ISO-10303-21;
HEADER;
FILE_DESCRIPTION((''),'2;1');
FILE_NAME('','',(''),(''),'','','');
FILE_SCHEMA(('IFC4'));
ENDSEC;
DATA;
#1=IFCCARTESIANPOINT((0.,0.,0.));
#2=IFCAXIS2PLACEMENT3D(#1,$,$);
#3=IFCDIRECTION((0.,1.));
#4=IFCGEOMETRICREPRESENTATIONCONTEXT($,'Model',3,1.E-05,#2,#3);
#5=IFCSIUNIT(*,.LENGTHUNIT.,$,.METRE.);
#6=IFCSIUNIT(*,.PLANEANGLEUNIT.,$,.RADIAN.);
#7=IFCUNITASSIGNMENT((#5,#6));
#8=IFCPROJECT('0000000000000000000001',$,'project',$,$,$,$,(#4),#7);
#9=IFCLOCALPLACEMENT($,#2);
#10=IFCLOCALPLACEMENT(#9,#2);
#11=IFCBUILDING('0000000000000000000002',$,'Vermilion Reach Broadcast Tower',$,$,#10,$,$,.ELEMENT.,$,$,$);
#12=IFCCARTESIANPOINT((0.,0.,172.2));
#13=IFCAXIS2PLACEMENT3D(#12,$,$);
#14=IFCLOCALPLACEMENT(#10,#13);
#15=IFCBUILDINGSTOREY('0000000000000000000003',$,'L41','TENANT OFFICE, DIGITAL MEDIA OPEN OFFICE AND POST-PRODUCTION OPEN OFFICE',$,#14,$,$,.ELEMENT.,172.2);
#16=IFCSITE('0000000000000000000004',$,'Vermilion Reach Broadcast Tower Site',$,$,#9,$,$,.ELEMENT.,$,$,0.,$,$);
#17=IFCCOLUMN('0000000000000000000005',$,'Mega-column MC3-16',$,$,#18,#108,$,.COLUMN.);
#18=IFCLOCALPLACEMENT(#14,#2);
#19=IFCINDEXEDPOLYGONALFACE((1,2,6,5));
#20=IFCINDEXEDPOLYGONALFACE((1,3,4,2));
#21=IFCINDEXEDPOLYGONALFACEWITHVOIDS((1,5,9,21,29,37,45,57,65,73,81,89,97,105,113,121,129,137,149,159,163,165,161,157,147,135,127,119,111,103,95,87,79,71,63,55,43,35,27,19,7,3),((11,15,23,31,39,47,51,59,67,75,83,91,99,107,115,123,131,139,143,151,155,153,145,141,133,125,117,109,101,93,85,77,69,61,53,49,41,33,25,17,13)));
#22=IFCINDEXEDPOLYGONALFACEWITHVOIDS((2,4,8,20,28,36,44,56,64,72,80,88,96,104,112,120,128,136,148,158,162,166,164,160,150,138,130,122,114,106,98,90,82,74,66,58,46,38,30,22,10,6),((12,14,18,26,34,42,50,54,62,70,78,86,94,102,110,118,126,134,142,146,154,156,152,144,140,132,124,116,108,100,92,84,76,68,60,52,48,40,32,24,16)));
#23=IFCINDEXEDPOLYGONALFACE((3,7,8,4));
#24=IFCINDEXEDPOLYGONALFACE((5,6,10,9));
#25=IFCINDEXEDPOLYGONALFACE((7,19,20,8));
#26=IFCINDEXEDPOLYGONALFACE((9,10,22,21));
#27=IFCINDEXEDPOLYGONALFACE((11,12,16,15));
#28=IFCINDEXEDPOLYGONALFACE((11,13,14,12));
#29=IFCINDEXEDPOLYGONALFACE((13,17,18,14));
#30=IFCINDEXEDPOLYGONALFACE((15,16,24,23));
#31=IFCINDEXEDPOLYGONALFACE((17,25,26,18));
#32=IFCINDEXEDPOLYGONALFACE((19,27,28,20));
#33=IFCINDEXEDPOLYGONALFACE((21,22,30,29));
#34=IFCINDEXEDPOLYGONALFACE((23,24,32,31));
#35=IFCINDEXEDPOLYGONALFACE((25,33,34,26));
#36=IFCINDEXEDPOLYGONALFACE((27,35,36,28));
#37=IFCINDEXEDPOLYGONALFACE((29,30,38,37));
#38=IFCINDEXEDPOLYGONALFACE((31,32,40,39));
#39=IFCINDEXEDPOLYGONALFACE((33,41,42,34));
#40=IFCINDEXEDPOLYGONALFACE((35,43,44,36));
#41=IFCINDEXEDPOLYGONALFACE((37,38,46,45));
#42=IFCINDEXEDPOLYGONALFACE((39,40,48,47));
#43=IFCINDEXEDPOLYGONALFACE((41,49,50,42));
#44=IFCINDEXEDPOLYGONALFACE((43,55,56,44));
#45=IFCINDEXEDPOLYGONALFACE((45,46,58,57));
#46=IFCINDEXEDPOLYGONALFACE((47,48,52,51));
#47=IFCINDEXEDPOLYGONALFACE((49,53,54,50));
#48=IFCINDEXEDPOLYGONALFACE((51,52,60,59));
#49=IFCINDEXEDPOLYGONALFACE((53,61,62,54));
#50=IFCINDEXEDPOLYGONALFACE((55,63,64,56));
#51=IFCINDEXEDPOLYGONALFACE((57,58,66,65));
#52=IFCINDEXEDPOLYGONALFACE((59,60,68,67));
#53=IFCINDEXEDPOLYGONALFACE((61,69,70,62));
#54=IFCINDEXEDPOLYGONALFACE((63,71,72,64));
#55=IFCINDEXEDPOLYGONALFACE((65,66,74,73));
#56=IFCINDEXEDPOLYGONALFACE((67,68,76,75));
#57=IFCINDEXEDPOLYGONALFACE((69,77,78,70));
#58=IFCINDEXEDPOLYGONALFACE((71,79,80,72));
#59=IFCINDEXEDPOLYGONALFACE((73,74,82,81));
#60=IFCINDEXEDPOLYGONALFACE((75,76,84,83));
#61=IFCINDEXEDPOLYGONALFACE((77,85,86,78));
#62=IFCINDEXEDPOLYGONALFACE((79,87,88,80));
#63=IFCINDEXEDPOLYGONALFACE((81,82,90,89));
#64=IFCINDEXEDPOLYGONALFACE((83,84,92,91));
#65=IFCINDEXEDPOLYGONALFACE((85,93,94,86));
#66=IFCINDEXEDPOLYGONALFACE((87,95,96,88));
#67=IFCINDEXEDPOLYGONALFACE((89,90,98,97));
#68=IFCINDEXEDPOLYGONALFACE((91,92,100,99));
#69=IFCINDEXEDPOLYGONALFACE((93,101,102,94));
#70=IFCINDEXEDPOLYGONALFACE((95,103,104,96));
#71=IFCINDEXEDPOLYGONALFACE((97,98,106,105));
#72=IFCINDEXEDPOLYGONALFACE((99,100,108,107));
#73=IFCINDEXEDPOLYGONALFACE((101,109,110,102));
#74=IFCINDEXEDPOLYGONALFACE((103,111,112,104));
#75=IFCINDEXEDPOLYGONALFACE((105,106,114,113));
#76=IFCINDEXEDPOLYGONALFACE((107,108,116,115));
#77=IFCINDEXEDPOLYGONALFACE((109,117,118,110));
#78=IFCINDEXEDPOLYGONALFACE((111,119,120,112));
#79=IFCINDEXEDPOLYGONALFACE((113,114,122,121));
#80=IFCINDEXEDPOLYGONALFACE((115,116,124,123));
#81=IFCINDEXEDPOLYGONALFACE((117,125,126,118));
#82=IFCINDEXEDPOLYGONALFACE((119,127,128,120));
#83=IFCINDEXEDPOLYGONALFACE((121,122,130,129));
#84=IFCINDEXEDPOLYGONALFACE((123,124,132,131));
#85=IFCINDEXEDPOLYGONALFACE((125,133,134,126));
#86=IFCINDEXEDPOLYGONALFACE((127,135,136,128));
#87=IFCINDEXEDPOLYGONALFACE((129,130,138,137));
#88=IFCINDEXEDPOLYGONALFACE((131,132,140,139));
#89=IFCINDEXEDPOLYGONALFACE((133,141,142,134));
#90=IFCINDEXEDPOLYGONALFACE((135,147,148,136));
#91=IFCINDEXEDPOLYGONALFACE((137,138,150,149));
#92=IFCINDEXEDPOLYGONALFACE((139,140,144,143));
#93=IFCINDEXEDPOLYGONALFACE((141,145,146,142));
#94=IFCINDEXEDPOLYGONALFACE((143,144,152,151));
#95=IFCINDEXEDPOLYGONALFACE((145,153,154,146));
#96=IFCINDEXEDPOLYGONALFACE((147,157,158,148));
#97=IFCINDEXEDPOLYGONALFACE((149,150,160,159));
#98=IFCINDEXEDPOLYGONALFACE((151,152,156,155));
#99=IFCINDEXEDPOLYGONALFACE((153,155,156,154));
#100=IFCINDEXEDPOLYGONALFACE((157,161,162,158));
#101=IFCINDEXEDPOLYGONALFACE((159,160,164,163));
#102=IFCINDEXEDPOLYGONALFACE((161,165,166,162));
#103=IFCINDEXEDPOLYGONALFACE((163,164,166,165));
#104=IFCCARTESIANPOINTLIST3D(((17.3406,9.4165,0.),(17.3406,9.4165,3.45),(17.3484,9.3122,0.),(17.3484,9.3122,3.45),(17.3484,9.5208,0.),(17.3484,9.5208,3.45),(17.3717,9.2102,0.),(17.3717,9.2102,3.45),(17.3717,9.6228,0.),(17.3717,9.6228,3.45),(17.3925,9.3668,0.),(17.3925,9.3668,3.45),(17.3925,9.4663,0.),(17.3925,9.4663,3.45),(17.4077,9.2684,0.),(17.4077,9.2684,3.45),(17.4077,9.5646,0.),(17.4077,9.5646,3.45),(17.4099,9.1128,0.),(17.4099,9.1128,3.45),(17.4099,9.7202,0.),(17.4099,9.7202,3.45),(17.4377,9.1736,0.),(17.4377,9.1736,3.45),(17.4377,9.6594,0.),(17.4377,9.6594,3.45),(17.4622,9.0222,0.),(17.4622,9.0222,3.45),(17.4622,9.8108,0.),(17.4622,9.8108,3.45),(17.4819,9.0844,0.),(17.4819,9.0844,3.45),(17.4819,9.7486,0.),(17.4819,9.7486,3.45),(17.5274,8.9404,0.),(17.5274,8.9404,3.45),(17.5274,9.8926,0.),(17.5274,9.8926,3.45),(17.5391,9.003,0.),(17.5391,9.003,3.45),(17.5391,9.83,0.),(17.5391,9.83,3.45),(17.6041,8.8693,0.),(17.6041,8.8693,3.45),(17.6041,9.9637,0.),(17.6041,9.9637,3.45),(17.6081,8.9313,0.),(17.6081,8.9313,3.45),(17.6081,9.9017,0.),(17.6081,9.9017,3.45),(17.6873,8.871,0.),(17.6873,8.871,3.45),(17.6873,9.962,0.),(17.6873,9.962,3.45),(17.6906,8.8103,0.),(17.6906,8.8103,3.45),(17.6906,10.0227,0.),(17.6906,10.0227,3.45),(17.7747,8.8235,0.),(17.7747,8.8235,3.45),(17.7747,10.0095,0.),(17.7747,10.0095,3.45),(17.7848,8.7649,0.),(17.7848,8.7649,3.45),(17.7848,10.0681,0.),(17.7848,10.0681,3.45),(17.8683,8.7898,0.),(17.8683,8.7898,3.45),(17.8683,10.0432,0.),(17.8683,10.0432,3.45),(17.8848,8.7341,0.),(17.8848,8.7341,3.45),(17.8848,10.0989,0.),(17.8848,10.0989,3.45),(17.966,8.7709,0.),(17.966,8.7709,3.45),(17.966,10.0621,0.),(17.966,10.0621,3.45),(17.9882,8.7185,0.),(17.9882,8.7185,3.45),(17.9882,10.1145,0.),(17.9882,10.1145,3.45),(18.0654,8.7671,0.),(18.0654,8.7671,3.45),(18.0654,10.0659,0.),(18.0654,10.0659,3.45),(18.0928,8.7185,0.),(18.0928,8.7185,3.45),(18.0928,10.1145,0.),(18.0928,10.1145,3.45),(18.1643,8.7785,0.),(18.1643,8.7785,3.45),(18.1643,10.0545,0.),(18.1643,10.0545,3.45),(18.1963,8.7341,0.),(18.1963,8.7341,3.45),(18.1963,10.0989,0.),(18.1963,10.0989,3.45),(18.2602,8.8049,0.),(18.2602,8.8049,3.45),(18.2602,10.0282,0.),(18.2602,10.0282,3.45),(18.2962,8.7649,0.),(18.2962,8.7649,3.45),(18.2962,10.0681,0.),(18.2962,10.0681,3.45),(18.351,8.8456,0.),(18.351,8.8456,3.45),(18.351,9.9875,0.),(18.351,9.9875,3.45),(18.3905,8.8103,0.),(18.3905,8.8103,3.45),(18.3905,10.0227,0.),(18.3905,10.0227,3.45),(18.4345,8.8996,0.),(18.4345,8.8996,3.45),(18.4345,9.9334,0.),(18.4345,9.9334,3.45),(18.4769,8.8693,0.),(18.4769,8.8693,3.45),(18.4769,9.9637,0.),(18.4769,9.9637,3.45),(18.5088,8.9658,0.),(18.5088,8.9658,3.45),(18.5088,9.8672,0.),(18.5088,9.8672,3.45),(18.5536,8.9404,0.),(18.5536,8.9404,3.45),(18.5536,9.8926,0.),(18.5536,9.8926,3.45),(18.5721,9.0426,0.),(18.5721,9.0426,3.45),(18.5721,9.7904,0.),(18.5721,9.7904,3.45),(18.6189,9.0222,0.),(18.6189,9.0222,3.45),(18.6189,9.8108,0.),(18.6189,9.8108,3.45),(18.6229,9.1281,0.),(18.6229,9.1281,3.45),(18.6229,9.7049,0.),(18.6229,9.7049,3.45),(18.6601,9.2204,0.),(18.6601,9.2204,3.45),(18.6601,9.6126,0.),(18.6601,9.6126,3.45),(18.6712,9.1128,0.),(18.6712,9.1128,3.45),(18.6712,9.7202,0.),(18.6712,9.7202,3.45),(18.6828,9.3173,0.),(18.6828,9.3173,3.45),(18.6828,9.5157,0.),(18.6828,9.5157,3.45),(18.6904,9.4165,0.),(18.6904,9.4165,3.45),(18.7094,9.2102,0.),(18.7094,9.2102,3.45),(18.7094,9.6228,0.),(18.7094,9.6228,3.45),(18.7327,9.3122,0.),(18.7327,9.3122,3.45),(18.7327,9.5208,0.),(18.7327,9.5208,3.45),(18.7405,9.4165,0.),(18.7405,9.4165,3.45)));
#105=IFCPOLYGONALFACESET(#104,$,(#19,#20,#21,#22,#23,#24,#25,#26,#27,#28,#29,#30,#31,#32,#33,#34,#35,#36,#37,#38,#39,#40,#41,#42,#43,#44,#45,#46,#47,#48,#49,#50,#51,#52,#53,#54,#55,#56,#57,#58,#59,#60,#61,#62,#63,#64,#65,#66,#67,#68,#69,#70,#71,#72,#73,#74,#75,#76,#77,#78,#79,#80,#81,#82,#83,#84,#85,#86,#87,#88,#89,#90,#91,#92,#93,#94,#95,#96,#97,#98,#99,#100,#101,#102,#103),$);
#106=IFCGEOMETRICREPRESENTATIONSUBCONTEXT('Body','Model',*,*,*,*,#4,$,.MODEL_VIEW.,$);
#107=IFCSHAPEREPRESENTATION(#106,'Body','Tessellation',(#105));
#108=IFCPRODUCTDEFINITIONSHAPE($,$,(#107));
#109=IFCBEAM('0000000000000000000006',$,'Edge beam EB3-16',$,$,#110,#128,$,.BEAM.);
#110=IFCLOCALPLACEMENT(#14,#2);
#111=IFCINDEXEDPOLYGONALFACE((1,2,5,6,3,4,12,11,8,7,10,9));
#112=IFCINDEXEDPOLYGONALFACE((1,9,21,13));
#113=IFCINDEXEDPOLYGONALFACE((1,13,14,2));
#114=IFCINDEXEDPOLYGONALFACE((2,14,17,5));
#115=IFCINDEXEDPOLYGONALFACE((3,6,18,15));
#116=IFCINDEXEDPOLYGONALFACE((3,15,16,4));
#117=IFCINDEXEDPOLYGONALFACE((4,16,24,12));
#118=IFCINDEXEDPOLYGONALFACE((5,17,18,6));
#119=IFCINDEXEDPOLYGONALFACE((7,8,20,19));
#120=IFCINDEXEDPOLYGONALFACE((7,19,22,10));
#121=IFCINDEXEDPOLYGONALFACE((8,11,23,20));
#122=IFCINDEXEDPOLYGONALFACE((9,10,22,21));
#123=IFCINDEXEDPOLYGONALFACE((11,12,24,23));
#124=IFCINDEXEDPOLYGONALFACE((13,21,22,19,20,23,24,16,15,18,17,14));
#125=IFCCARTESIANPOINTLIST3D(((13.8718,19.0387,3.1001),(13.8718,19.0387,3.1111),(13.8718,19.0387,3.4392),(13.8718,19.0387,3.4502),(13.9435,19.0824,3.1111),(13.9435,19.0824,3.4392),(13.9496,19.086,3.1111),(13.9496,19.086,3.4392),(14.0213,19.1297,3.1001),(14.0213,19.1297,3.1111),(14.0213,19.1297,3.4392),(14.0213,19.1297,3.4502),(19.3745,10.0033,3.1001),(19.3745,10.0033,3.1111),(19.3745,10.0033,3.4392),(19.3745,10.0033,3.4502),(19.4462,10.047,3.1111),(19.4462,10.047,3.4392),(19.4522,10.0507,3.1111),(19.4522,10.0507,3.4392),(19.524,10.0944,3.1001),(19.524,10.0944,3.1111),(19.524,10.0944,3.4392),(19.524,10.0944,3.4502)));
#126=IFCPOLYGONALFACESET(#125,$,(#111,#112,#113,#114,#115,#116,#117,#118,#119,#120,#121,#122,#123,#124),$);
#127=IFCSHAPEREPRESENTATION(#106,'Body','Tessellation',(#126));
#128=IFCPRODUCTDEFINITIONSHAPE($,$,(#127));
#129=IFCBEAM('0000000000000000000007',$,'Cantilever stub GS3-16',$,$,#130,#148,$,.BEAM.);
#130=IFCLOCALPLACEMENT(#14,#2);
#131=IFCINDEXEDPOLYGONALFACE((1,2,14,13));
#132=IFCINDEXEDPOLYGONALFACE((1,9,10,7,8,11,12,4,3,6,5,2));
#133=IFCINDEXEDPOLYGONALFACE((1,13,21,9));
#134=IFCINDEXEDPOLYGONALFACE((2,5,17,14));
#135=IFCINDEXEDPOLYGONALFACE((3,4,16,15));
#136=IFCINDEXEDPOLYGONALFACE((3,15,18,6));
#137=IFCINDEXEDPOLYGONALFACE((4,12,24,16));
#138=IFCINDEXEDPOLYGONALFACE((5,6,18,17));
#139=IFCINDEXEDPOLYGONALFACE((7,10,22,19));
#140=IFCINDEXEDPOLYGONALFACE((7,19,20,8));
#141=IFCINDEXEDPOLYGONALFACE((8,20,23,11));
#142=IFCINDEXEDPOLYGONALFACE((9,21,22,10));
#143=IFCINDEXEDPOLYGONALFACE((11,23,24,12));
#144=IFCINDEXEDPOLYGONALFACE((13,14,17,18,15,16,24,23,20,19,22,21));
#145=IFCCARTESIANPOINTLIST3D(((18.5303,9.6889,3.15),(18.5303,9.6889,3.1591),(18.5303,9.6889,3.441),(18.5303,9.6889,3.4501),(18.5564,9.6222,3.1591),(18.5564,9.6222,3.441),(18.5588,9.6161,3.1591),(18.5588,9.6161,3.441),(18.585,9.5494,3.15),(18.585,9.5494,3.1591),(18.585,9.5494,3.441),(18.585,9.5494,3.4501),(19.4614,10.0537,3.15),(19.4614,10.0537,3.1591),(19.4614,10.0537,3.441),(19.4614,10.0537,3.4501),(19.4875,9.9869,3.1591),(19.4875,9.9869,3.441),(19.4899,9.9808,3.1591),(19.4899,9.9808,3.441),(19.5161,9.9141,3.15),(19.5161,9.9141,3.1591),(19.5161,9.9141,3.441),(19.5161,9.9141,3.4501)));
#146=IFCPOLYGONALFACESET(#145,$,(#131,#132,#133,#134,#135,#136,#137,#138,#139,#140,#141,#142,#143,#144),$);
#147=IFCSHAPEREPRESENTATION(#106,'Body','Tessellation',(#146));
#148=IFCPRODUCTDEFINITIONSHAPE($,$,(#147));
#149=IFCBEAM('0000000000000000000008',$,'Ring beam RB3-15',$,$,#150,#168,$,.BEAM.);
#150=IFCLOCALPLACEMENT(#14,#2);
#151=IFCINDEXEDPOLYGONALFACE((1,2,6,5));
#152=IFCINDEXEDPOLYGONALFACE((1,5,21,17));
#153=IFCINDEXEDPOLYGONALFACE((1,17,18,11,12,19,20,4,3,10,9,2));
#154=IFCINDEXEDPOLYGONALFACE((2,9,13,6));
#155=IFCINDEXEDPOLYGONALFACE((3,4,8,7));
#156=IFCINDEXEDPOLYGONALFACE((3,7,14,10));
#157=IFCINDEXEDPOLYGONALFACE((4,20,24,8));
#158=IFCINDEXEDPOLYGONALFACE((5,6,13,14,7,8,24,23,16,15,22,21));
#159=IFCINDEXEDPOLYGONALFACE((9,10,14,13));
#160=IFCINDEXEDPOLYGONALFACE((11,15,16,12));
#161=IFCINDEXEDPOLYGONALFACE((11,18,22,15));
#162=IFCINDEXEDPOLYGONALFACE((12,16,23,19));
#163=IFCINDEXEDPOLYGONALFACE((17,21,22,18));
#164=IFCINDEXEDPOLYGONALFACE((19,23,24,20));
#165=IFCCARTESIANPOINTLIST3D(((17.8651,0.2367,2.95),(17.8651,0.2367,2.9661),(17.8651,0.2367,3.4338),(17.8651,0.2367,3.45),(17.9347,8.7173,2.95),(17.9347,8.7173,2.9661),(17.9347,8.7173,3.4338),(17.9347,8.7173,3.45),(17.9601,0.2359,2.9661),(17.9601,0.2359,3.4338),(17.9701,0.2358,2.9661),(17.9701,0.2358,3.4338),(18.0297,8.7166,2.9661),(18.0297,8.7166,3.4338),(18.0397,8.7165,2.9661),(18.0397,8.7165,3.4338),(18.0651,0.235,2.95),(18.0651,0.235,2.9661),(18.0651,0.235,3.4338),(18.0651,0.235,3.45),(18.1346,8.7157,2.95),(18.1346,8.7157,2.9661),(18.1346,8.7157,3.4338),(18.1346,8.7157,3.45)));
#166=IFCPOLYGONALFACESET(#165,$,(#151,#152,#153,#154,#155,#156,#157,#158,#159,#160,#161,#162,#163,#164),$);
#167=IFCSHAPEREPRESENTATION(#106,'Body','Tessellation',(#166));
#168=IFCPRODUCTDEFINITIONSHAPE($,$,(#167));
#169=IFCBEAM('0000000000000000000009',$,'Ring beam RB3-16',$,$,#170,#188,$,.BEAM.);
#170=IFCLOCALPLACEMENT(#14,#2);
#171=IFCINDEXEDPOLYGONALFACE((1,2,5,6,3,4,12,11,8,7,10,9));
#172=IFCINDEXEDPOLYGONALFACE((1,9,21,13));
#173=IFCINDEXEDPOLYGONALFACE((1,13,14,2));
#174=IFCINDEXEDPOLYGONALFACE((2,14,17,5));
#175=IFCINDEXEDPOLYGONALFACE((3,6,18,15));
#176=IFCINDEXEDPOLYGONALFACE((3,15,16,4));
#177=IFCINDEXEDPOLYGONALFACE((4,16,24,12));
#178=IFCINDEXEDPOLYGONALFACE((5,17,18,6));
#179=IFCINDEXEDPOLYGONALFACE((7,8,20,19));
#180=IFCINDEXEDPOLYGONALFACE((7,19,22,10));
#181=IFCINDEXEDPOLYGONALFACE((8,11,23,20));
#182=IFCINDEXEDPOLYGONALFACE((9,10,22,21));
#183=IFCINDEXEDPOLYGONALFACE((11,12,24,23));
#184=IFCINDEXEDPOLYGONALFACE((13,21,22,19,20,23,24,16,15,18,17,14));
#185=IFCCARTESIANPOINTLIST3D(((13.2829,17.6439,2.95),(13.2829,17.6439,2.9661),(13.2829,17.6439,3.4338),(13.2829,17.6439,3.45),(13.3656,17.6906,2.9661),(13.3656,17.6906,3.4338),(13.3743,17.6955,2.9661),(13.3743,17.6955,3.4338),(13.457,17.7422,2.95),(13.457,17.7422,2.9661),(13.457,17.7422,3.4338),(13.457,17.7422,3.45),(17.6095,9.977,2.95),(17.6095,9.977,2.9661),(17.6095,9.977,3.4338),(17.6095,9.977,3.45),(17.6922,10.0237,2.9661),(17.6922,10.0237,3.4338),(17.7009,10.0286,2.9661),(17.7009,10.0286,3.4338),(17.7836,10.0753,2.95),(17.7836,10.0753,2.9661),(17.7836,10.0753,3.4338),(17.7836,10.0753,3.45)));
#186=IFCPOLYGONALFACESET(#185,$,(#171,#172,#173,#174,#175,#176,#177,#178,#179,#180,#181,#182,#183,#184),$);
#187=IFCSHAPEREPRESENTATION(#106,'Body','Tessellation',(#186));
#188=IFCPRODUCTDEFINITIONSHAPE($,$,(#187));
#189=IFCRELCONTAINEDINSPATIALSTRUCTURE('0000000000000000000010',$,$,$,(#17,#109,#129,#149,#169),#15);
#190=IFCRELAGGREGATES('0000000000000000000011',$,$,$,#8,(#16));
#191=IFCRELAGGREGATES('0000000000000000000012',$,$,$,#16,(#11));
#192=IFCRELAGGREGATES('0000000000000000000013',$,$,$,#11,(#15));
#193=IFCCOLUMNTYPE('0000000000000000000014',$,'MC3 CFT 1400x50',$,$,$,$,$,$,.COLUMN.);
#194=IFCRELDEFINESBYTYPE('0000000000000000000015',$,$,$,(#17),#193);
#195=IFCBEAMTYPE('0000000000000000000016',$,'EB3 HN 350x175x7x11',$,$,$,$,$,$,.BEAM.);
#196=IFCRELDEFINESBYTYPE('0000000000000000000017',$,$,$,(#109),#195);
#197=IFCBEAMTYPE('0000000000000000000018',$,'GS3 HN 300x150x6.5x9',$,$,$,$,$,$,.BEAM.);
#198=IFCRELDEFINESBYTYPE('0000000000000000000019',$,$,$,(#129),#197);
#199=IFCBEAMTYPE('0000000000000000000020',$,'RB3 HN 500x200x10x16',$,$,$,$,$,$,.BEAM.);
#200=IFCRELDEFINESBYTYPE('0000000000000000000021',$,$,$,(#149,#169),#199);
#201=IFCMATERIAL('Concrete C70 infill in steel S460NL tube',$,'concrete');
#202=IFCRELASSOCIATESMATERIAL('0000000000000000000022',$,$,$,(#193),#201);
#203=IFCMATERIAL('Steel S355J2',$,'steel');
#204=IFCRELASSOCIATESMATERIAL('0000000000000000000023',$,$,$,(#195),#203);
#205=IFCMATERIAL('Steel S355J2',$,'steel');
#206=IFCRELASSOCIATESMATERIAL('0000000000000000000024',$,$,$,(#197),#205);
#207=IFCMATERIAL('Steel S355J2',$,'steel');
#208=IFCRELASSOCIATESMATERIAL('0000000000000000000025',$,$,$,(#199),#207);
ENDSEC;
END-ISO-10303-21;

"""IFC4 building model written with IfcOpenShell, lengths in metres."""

from ifc_helpers import new_model, si_unit, direction, frame, origin, origin_2d, place, context, subcontext, project, spatial, hollow_circle, i_section, extrude, material, material_profile, profile_set, type_object, element, save


model = new_model("IFC4")

# Units and contexts
model_context = context("Model", 3, precision=1e-05, world=origin(), true_north=direction((0.0, 1.0)))
body_context = subcontext(model_context, "Body", "Model", "MODEL_VIEW")
ifc_project = project(units=[si_unit("LENGTHUNIT", "METRE"), si_unit("PLANEANGLEUNIT", "RADIAN")], contexts=[model_context])

# Site, building, storey
site_placement = place(None, origin())
site = spatial("IfcSite", under=ifc_project, at=site_placement, Name="Vermilion Reach Broadcast Tower Site", CompositionType="ELEMENT", RefElevation=0.0)
building_placement = place(site_placement, origin())
building = spatial("IfcBuilding", under=site, at=building_placement, Name="Vermilion Reach Broadcast Tower", CompositionType="ELEMENT")
storey_placement = place(building_placement, frame((0.0, 0.0, 172.2)))
storey = spatial("IfcBuildingStorey", under=building, at=storey_placement, Name="L41", Description="TENANT OFFICE, DIGITAL MEDIA OPEN OFFICE AND POST-PRODUCTION OPEN OFFICE", CompositionType="ELEMENT", Elevation=172.2)

# Column
ifc_material_1 = material(Name="Concrete C70 infill in steel S460NL tube", Category="concrete")
ifc_material_profile_1 = material_profile(ifc_material_1, hollow_circle(Radius=0.7, WallThickness=0.05, at=origin_2d()), Name="Concrete C70 infill in steel S460NL tube CFT 1400x50")
ifc_profile_set_1 = profile_set([ifc_material_profile_1], Name="Concrete C70 infill in steel S460NL tube")
column_type = type_object("IfcColumnType", Name="MC3 CFT 1400x50", PredefinedType="COLUMN", material=ifc_profile_set_1)
column_placement = place(storey_placement, frame((18.0405, 9.4165, 0.0), z_axis=(0.0, 0.0, 1.0), x_axis=(1.0, 0.0, 0.0)))
element("IfcColumn", 1, at=column_placement, inside=storey, type_object=column_type, Name="Mega-column MC3-16", PredefinedType="COLUMN", context=body_context, shape_type="SweptSolid", body=[
    extrude(hollow_circle(Radius=0.7, WallThickness=0.05, at=origin_2d()), origin(), (0.0, 0.0, 1.0), 3.45),
])

# Beams
ifc_material_2 = material(Name="Steel S355J2", Category="steel")
ifc_material_profile_2 = material_profile(ifc_material_2, i_section(OverallWidth=0.175, OverallDepth=0.3501, WebThickness=0.0071, FlangeThickness=0.011, at=origin_2d()), Name="S355J2 HN 350x175x7x11")
ifc_profile_set_2 = profile_set([ifc_material_profile_2], Name="Steel S355J2")
beam_type_1 = type_object("IfcBeamType", Name="EB3 HN 350x175x7x11", PredefinedType="BEAM", material=ifc_profile_set_2)
beam_1_placement = place(storey_placement, frame((19.4492, 10.0488, 3.2751), z_axis=(-0.520145, 0.854078, 0.0), x_axis=(-0.854078, -0.520145, 0.0)))
element("IfcBeam", 2, at=beam_1_placement, inside=storey, type_object=beam_type_1, Name="Edge beam EB3-16", PredefinedType="BEAM", context=body_context, shape_type="SweptSolid", body=[
    extrude(i_section(OverallWidth=0.175, OverallDepth=0.3501, WebThickness=0.0071, FlangeThickness=0.011, at=origin_2d()), origin(), (0.0, 0.0, 1.0), 10.5791),
])
ifc_material_3 = material(Name="Steel S355J2", Category="steel")
ifc_material_profile_3 = material_profile(ifc_material_3, i_section(OverallWidth=0.1499, OverallDepth=0.3, WebThickness=0.0066, FlangeThickness=0.009, at=origin_2d()), Name="S355J2 HN 300x150x6.5x9")
ifc_profile_set_3 = profile_set([ifc_material_profile_3], Name="Steel S355J2")
beam_type_2 = type_object("IfcBeamType", Name="GS3 HN 300x150x6.5x9", PredefinedType="BEAM", material=ifc_profile_set_3)
beam_2_placement = place(storey_placement, frame((18.5576, 9.6191, 3.3), z_axis=(0.931113, 0.364731, 0.0), x_axis=(-0.364731, 0.931113, 0.0)))
element("IfcBeam", 3, at=beam_2_placement, inside=storey, type_object=beam_type_2, Name="Cantilever stub GS3-16", PredefinedType="BEAM", context=body_context, shape_type="SweptSolid", body=[
    extrude(i_section(OverallWidth=0.1499, OverallDepth=0.3, WebThickness=0.0066, FlangeThickness=0.009, at=origin_2d()), origin(), (0.0, 0.0, 1.0), 1.0),
])
ifc_material_4 = material(Name="Steel S355J2", Category="steel")
ifc_material_profile_4 = material_profile(ifc_material_4, i_section(OverallWidth=0.2, OverallDepth=0.5, WebThickness=0.01, FlangeThickness=0.0161, at=origin_2d()), Name="S355J2 HN 500x200x10x16")
ifc_profile_set_4 = profile_set([ifc_material_profile_4], Name="Steel S355J2")
beam_type_3 = type_object("IfcBeamType", Name="RB3 HN 500x200x10x16", PredefinedType="BEAM", material=ifc_profile_set_4)
beam_3_placement = place(storey_placement, frame((17.9651, 0.2358, 3.2), z_axis=(0.008204, 0.999966, 0.0), x_axis=(-0.999966, 0.008204, 0.0)))
element("IfcBeam", 4, at=beam_3_placement, inside=storey, type_object=beam_type_3, Name="Ring beam RB3-15", PredefinedType="BEAM", context=body_context, shape_type="SweptSolid", body=[
    extrude(i_section(OverallWidth=0.2, OverallDepth=0.5, WebThickness=0.01, FlangeThickness=0.0161, at=origin_2d()), origin(), (0.0, 0.0, 1.0), 8.481),
])
beam_4_placement = place(storey_placement, frame((17.6965, 10.0261, 3.2), z_axis=(-0.491467, 0.870896, 0.0), x_axis=(-0.870896, -0.491467, 0.0)))
element("IfcBeam", 5, at=beam_4_placement, inside=storey, type_object=beam_type_3, Name="Ring beam RB3-16", PredefinedType="BEAM", context=body_context, shape_type="SweptSolid", body=[
    extrude(i_section(OverallWidth=0.2, OverallDepth=0.5, WebThickness=0.01, FlangeThickness=0.0161, at=origin_2d()), origin(), (0.0, 0.0, 1.0), 8.8035),
])

save(model, "model.ifc")
